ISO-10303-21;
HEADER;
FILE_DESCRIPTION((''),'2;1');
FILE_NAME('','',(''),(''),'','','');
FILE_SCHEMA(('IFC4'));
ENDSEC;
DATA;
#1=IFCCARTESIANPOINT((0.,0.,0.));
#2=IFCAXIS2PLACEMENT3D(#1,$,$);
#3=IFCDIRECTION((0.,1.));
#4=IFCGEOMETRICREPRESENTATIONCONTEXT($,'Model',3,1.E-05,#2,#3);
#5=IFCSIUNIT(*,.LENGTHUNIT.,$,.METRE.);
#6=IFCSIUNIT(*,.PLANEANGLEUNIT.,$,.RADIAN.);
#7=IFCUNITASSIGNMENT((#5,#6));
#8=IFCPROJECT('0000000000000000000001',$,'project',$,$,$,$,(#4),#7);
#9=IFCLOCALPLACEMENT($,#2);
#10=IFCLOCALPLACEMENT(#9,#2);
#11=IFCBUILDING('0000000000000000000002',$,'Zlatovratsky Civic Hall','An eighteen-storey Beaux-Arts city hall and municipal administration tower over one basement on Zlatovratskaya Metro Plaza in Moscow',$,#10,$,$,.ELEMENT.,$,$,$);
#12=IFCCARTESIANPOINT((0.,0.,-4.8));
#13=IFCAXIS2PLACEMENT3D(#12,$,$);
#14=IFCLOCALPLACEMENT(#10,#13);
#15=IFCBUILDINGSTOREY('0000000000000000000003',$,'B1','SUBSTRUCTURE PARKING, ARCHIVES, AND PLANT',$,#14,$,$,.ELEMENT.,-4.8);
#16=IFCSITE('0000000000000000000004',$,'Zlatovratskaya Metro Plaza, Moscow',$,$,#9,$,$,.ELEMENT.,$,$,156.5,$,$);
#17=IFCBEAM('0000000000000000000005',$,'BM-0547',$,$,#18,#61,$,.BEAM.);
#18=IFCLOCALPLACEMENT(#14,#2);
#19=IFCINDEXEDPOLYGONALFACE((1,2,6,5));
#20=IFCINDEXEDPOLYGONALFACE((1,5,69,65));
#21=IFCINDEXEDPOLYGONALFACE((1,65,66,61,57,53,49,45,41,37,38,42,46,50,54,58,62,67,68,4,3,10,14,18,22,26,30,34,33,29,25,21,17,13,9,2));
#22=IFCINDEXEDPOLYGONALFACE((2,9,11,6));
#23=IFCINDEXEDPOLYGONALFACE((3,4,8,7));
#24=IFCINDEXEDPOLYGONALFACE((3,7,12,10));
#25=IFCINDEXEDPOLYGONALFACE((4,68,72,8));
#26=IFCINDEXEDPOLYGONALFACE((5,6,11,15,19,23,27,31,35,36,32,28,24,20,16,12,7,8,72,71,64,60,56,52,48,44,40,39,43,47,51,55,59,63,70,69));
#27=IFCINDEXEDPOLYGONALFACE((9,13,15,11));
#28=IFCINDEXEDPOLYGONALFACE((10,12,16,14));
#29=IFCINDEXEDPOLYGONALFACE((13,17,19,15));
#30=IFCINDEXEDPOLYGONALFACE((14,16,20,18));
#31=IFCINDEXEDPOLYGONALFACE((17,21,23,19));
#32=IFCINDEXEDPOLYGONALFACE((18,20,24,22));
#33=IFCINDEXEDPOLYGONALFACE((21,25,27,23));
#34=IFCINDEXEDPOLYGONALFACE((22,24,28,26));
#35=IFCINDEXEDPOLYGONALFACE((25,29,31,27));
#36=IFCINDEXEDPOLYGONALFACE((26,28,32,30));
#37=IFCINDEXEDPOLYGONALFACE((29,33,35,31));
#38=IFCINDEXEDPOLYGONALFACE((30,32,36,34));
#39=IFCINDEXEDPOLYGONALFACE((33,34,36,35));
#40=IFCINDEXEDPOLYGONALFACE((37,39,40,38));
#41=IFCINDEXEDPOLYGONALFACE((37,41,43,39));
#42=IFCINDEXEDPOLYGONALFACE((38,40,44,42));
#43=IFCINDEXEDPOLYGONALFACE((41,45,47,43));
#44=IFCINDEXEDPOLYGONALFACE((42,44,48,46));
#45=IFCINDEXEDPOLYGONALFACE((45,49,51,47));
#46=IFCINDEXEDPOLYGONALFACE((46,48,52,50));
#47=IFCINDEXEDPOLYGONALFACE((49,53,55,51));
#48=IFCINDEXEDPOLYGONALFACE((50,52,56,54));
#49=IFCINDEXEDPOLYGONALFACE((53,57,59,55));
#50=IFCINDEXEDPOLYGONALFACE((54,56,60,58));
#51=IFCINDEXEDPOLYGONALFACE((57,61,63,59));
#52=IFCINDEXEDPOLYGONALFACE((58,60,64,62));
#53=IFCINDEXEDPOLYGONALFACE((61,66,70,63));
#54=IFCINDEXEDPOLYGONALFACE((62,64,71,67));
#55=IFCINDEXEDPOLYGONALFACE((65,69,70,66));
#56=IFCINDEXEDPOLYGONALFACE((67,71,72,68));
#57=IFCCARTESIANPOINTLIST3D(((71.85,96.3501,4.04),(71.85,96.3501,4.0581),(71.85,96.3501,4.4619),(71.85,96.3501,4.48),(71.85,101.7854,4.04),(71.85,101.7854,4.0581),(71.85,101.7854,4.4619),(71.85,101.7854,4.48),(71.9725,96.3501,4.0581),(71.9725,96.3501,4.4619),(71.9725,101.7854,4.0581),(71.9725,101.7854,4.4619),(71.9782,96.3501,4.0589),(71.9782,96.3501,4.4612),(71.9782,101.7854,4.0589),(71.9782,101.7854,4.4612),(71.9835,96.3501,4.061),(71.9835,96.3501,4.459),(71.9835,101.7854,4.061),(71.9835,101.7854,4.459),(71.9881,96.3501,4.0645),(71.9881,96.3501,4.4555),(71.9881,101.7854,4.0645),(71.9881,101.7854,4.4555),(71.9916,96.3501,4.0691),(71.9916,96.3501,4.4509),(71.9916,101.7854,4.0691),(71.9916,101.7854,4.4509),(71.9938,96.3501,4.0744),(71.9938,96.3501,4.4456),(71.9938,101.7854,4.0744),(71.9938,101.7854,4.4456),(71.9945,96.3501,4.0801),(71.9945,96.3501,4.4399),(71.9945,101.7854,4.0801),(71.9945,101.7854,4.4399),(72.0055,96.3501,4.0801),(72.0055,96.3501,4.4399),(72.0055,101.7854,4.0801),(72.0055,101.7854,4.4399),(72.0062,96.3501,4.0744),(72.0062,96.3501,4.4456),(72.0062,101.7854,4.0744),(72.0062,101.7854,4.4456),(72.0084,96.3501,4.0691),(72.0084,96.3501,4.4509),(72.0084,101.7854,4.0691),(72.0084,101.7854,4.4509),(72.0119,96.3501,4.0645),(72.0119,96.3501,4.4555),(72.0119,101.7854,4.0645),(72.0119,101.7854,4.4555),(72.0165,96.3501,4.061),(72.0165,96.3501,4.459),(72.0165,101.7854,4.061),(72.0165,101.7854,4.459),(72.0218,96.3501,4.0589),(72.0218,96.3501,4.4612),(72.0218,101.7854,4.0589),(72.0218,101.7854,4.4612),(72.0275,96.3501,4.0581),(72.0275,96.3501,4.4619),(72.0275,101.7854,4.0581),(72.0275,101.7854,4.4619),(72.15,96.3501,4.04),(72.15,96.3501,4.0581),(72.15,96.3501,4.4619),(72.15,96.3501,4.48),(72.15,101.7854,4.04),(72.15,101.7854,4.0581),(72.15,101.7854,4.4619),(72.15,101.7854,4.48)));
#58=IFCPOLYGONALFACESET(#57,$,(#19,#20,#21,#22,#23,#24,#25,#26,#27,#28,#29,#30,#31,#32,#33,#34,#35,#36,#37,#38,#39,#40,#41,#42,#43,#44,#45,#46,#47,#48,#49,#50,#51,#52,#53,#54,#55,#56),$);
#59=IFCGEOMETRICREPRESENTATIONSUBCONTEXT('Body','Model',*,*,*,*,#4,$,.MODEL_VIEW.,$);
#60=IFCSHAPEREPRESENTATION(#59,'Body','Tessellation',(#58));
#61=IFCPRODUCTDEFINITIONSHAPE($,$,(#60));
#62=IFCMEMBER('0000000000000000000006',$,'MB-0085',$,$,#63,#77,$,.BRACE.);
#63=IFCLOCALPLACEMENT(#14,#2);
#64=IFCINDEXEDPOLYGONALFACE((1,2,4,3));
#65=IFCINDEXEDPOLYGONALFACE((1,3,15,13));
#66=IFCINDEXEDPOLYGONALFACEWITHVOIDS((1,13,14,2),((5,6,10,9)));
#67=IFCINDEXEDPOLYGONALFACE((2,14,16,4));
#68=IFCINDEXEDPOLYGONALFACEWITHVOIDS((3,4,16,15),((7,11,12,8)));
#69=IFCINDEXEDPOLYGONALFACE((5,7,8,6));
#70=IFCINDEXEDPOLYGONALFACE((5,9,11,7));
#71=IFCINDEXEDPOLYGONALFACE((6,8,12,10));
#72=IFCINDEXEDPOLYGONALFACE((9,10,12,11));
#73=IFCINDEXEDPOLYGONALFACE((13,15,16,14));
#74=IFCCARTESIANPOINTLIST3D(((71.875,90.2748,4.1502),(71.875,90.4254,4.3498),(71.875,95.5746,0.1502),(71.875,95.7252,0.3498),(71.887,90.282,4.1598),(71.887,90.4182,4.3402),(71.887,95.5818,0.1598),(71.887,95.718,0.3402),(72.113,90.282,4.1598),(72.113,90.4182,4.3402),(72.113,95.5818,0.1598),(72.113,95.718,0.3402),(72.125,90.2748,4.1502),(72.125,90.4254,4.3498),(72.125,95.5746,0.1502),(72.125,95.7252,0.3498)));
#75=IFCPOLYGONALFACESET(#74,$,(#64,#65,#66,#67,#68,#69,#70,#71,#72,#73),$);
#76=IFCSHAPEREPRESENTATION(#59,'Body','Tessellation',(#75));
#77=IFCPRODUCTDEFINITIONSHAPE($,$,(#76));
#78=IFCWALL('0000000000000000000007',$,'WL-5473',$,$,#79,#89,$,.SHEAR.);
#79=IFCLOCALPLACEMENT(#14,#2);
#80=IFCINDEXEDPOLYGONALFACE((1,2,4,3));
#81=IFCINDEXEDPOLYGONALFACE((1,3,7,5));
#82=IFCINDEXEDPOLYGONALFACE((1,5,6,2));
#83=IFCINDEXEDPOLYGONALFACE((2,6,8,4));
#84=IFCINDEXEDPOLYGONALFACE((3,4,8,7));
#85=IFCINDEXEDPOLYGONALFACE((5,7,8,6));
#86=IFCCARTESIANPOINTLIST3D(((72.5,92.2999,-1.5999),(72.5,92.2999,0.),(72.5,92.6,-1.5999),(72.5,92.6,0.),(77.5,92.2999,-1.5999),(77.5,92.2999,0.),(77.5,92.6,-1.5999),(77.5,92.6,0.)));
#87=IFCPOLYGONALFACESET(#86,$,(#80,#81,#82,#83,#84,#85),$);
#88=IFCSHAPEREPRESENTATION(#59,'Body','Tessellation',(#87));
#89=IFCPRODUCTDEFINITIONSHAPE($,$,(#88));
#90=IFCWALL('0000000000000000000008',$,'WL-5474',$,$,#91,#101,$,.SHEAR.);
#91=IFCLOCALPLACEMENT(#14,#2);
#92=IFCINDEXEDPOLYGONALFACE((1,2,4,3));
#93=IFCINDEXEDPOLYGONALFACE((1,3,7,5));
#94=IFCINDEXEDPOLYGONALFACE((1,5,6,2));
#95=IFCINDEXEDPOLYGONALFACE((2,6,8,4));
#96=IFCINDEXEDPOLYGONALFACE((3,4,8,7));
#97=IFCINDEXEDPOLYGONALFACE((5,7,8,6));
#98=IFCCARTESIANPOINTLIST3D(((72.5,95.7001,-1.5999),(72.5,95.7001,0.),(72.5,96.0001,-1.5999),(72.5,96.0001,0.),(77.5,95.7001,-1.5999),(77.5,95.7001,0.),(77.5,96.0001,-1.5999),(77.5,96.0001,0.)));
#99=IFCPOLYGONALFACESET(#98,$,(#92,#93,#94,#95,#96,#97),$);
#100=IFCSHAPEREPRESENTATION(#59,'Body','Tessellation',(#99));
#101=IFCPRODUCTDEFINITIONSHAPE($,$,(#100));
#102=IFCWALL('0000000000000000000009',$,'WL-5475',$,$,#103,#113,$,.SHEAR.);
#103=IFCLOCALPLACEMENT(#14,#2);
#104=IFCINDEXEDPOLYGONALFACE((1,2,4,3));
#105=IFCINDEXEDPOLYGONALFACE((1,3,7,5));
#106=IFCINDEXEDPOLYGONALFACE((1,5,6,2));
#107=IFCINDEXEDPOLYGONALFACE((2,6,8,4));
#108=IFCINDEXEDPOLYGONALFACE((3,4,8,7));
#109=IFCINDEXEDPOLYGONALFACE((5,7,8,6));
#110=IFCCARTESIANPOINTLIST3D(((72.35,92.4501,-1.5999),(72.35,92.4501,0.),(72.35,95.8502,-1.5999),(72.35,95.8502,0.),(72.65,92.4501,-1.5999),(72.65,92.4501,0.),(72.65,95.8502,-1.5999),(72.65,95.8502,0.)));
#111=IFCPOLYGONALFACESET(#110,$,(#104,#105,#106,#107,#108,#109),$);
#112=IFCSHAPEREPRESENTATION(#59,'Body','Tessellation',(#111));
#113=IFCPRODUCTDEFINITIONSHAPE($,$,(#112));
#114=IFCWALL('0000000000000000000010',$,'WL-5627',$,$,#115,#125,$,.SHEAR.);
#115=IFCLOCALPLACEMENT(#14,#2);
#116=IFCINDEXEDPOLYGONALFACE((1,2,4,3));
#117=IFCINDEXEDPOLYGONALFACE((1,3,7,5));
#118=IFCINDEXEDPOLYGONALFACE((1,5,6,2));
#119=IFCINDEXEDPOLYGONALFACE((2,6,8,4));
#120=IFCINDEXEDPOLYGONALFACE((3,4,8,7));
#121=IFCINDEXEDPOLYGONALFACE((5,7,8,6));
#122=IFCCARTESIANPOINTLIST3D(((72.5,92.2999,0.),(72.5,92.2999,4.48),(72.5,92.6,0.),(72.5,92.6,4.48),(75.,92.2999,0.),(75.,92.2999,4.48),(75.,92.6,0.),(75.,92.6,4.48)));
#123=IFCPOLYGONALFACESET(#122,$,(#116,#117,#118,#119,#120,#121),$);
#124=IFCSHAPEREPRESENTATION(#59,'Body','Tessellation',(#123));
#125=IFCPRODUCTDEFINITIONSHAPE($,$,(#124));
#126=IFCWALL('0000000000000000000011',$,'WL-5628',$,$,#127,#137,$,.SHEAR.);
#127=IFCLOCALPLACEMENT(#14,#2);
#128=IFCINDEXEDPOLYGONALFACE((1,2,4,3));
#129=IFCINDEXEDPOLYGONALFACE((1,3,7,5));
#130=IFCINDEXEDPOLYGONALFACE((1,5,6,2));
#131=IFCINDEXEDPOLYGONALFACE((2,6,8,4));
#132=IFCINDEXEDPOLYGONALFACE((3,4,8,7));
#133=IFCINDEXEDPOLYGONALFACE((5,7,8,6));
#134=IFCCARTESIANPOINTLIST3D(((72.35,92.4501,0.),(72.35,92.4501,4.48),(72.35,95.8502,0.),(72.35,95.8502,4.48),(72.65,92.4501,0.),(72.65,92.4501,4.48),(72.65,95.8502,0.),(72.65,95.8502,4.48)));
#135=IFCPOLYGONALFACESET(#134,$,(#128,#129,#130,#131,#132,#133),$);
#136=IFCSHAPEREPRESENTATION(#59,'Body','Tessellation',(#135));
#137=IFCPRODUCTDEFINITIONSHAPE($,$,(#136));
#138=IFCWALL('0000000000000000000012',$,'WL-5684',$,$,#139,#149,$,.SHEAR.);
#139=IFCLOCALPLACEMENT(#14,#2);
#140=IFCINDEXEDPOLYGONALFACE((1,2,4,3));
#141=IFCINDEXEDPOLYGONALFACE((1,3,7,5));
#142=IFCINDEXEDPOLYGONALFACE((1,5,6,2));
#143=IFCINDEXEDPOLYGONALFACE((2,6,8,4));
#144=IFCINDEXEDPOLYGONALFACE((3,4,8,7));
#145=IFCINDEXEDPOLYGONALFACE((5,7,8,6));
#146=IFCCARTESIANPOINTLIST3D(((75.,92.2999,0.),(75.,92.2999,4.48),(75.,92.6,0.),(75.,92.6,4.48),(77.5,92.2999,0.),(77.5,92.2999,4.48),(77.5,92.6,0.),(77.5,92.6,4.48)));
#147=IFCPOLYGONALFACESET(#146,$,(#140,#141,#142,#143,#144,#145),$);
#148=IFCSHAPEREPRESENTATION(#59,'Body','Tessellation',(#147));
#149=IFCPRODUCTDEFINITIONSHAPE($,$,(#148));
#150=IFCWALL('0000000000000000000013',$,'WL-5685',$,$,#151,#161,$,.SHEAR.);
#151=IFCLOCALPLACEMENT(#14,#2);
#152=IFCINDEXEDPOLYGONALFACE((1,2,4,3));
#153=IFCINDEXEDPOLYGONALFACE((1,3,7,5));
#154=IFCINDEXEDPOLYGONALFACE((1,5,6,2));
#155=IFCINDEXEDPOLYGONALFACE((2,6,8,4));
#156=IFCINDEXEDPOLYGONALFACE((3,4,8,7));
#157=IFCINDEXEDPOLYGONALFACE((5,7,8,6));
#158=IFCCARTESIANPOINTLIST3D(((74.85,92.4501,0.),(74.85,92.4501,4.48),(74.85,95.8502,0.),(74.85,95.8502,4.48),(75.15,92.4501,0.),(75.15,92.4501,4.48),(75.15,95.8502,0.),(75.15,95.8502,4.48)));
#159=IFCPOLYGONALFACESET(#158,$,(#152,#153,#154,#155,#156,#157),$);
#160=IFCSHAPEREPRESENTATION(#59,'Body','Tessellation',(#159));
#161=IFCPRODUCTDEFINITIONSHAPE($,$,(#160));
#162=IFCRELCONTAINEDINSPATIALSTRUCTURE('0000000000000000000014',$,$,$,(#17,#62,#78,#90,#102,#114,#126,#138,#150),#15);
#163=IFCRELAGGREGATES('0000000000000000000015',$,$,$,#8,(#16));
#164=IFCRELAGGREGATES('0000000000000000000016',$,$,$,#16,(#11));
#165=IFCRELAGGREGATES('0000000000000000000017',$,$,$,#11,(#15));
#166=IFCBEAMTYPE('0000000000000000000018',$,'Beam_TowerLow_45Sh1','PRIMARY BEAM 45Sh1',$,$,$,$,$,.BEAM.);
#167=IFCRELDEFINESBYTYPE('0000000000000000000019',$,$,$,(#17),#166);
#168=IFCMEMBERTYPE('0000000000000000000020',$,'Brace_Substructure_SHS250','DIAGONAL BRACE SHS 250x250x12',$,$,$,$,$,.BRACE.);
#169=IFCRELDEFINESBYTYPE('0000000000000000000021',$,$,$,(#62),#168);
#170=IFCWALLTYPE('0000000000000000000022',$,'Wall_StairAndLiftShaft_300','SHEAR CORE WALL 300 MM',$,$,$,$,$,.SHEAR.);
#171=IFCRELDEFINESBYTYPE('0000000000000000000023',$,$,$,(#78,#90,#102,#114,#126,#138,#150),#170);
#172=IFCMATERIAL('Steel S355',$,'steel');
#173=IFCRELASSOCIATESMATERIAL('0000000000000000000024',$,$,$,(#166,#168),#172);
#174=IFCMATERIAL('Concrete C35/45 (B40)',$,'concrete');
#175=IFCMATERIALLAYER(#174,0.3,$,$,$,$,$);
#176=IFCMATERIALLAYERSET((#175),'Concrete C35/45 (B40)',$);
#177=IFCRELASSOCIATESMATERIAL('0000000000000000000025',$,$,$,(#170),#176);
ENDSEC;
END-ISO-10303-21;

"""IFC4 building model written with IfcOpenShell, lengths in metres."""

from ifc_helpers import new_model, si_unit, direction, frame, frame_2d, origin, origin_2d, place, context, subcontext, project, spatial, rectangle, hollow_rectangle, i_section, extrude, material, layer, layer_set, material_profile, profile_set, type_object, element, save


model = new_model("IFC4")

# Units and contexts
model_context = context("Model", 3, precision=1e-05, world=origin(), true_north=direction((0.0, 1.0)))
body_context = subcontext(model_context, "Body", "Model", "MODEL_VIEW")
ifc_project = project(units=[si_unit("LENGTHUNIT", "METRE"), si_unit("PLANEANGLEUNIT", "RADIAN")], contexts=[model_context])

# Site, building, storey
site_placement = place(None, origin())
site = spatial("IfcSite", under=ifc_project, at=site_placement, Name="Zlatovratskaya Metro Plaza, Moscow", CompositionType="ELEMENT", RefElevation=156.5)
building_placement = place(site_placement, origin())
building = spatial("IfcBuilding", under=site, at=building_placement, Name="Zlatovratsky Civic Hall", Description="An eighteen-storey Beaux-Arts city hall and municipal administration tower over one basement on Zlatovratskaya Metro Plaza in Moscow", CompositionType="ELEMENT")
storey_placement = place(building_placement, frame((0.0, 0.0, -4.8)))
storey = spatial("IfcBuildingStorey", under=building, at=storey_placement, Name="B1", Description="SUBSTRUCTURE PARKING, ARCHIVES, AND PLANT", CompositionType="ELEMENT", Elevation=-4.8)

# Shared definitions
ifc_material_1 = material(Name="Concrete C35/45 (B40)", Category="concrete")

# Beam
ifc_material_2 = material(Name="Steel S355", Category="steel")
ifc_material_profile_1 = material_profile(ifc_material_2, i_section(OverallWidth=0.3, OverallDepth=0.4399, WebThickness=0.011, FlangeThickness=0.0181, FilletRadius=0.022, at=origin_2d()), Name="45Sh1")
ifc_profile_set_1 = profile_set([ifc_material_profile_1], Name="Steel S355")
beam_type = type_object("IfcBeamType", Name="Beam_TowerLow_45Sh1", Description="PRIMARY BEAM 45Sh1", PredefinedType="BEAM", material=ifc_profile_set_1)
beam_1_placement = place(storey_placement, frame((72.0, 96.3501, 4.26), z_axis=(0.0, 1.0, 0.0), x_axis=(-1.0, 0.0, 0.0)))
element("IfcBeam", 1, at=beam_1_placement, inside=storey, type_object=beam_type, Name="BM-0547", PredefinedType="BEAM", context=body_context, shape_type="SweptSolid", body=[
    extrude(i_section(OverallWidth=0.3, OverallDepth=0.4399, WebThickness=0.011, FlangeThickness=0.0181, FilletRadius=0.022, at=origin_2d()), origin(), (0.0, 0.0, 1.0), 5.4353),
])

# Member
ifc_material_profile_2 = material_profile(ifc_material_2, hollow_rectangle(XDim=0.25, YDim=0.25, WallThickness=0.012, at=origin_2d()), Name="SHS 250x250x12")
ifc_profile_set_2 = profile_set([ifc_material_profile_2], Name="Steel S355")
member_type = type_object("IfcMemberType", Name="Brace_Substructure_SHS250", Description="DIAGONAL BRACE SHS 250x250x12", PredefinedType="BRACE", material=ifc_profile_set_2)
member_placement = place(storey_placement, frame((72.0, 90.3501, 4.25), z_axis=(0.0, 0.798178, -0.602421), x_axis=(-1.0, 0.0, 0.0)))
element("IfcMember", 2, at=member_placement, inside=storey, type_object=member_type, Name="MB-0085", PredefinedType="BRACE", context=body_context, shape_type="SweptSolid", body=[
    extrude(hollow_rectangle(XDim=0.25, YDim=0.25, WallThickness=0.012, at=origin_2d()), origin(), (0.0, 0.0, 1.0), 6.6399),
])

# Walls
ifc_layer = layer(ifc_material_1, 0.3)
ifc_layer_set = layer_set([ifc_layer], Name="Concrete C35/45 (B40)")
wall_type = type_object("IfcWallType", Name="Wall_StairAndLiftShaft_300", Description="SHEAR CORE WALL 300 MM", PredefinedType="SHEAR", material=ifc_layer_set)
for number, where, z_axis, x_axis, name in (
    (3, (72.5, 92.45, -1.5999), (0.0, 0.0, 1.0), (1.0, 0.0, 0.0), "WL-5473"),
    (4, (72.5, 95.8501, -1.5999), (0.0, 0.0, 1.0), (1.0, 0.0, 0.0), "WL-5474"),
):
    element("IfcWall", number, at=place(storey_placement, frame(where, z_axis=z_axis, x_axis=x_axis)), inside=storey, type_object=wall_type, Name=name, PredefinedType="SHEAR", context=body_context, shape_type="SweptSolid", body=[
        extrude(rectangle(XDim=5.0, YDim=0.3, at=frame_2d((2.5, 0.0))), origin(), (0.0, 0.0, 1.0), 1.5999),
    ])
wall_1_placement = place(storey_placement, frame((72.5, 92.45, -1.5999), z_axis=(0.0, 0.0, 1.0), x_axis=(0.0, 1.0, 0.0)))
element("IfcWall", 5, at=wall_1_placement, inside=storey, type_object=wall_type, Name="WL-5475", PredefinedType="SHEAR", context=body_context, shape_type="SweptSolid", body=[
    extrude(rectangle(XDim=3.4001, YDim=0.3, at=frame_2d((1.7002, 0.0))), origin(), (0.0, 0.0, 1.0), 1.5999),
])

# Walls
wall_2_placement = place(storey_placement, frame((72.5, 92.45, 0.0), z_axis=(0.0, 0.0, 1.0), x_axis=(1.0, 0.0, 0.0)))
element("IfcWall", 6, at=wall_2_placement, inside=storey, type_object=wall_type, Name="WL-5627", PredefinedType="SHEAR", context=body_context, shape_type="SweptSolid", body=[
    extrude(rectangle(XDim=2.5, YDim=0.3, at=frame_2d((1.25, 0.0))), origin(), (0.0, 0.0, 1.0), 4.48),
])
wall_3_placement = place(storey_placement, frame((72.5, 92.45, 0.0), z_axis=(0.0, 0.0, 1.0), x_axis=(0.0, 1.0, 0.0)))
element("IfcWall", 7, at=wall_3_placement, inside=storey, type_object=wall_type, Name="WL-5628", PredefinedType="SHEAR", context=body_context, shape_type="SweptSolid", body=[
    extrude(rectangle(XDim=3.4001, YDim=0.3, at=frame_2d((1.7002, 0.0))), origin(), (0.0, 0.0, 1.0), 4.48),
])

# Walls
wall_4_placement = place(storey_placement, frame((75.0, 92.45, 0.0), z_axis=(0.0, 0.0, 1.0), x_axis=(1.0, 0.0, 0.0)))
element("IfcWall", 8, at=wall_4_placement, inside=storey, type_object=wall_type, Name="WL-5684", PredefinedType="SHEAR", context=body_context, shape_type="SweptSolid", body=[
    extrude(rectangle(XDim=2.5, YDim=0.3, at=frame_2d((1.25, 0.0))), origin(), (0.0, 0.0, 1.0), 4.48),
])
wall_5_placement = place(storey_placement, frame((75.0, 92.45, 0.0), z_axis=(0.0, 0.0, 1.0), x_axis=(0.0, 1.0, 0.0)))
element("IfcWall", 9, at=wall_5_placement, inside=storey, type_object=wall_type, Name="WL-5685", PredefinedType="SHEAR", context=body_context, shape_type="SweptSolid", body=[
    extrude(rectangle(XDim=3.4001, YDim=0.3, at=frame_2d((1.7002, 0.0))), origin(), (0.0, 0.0, 1.0), 4.48),
])

save(model, "model.ifc")
